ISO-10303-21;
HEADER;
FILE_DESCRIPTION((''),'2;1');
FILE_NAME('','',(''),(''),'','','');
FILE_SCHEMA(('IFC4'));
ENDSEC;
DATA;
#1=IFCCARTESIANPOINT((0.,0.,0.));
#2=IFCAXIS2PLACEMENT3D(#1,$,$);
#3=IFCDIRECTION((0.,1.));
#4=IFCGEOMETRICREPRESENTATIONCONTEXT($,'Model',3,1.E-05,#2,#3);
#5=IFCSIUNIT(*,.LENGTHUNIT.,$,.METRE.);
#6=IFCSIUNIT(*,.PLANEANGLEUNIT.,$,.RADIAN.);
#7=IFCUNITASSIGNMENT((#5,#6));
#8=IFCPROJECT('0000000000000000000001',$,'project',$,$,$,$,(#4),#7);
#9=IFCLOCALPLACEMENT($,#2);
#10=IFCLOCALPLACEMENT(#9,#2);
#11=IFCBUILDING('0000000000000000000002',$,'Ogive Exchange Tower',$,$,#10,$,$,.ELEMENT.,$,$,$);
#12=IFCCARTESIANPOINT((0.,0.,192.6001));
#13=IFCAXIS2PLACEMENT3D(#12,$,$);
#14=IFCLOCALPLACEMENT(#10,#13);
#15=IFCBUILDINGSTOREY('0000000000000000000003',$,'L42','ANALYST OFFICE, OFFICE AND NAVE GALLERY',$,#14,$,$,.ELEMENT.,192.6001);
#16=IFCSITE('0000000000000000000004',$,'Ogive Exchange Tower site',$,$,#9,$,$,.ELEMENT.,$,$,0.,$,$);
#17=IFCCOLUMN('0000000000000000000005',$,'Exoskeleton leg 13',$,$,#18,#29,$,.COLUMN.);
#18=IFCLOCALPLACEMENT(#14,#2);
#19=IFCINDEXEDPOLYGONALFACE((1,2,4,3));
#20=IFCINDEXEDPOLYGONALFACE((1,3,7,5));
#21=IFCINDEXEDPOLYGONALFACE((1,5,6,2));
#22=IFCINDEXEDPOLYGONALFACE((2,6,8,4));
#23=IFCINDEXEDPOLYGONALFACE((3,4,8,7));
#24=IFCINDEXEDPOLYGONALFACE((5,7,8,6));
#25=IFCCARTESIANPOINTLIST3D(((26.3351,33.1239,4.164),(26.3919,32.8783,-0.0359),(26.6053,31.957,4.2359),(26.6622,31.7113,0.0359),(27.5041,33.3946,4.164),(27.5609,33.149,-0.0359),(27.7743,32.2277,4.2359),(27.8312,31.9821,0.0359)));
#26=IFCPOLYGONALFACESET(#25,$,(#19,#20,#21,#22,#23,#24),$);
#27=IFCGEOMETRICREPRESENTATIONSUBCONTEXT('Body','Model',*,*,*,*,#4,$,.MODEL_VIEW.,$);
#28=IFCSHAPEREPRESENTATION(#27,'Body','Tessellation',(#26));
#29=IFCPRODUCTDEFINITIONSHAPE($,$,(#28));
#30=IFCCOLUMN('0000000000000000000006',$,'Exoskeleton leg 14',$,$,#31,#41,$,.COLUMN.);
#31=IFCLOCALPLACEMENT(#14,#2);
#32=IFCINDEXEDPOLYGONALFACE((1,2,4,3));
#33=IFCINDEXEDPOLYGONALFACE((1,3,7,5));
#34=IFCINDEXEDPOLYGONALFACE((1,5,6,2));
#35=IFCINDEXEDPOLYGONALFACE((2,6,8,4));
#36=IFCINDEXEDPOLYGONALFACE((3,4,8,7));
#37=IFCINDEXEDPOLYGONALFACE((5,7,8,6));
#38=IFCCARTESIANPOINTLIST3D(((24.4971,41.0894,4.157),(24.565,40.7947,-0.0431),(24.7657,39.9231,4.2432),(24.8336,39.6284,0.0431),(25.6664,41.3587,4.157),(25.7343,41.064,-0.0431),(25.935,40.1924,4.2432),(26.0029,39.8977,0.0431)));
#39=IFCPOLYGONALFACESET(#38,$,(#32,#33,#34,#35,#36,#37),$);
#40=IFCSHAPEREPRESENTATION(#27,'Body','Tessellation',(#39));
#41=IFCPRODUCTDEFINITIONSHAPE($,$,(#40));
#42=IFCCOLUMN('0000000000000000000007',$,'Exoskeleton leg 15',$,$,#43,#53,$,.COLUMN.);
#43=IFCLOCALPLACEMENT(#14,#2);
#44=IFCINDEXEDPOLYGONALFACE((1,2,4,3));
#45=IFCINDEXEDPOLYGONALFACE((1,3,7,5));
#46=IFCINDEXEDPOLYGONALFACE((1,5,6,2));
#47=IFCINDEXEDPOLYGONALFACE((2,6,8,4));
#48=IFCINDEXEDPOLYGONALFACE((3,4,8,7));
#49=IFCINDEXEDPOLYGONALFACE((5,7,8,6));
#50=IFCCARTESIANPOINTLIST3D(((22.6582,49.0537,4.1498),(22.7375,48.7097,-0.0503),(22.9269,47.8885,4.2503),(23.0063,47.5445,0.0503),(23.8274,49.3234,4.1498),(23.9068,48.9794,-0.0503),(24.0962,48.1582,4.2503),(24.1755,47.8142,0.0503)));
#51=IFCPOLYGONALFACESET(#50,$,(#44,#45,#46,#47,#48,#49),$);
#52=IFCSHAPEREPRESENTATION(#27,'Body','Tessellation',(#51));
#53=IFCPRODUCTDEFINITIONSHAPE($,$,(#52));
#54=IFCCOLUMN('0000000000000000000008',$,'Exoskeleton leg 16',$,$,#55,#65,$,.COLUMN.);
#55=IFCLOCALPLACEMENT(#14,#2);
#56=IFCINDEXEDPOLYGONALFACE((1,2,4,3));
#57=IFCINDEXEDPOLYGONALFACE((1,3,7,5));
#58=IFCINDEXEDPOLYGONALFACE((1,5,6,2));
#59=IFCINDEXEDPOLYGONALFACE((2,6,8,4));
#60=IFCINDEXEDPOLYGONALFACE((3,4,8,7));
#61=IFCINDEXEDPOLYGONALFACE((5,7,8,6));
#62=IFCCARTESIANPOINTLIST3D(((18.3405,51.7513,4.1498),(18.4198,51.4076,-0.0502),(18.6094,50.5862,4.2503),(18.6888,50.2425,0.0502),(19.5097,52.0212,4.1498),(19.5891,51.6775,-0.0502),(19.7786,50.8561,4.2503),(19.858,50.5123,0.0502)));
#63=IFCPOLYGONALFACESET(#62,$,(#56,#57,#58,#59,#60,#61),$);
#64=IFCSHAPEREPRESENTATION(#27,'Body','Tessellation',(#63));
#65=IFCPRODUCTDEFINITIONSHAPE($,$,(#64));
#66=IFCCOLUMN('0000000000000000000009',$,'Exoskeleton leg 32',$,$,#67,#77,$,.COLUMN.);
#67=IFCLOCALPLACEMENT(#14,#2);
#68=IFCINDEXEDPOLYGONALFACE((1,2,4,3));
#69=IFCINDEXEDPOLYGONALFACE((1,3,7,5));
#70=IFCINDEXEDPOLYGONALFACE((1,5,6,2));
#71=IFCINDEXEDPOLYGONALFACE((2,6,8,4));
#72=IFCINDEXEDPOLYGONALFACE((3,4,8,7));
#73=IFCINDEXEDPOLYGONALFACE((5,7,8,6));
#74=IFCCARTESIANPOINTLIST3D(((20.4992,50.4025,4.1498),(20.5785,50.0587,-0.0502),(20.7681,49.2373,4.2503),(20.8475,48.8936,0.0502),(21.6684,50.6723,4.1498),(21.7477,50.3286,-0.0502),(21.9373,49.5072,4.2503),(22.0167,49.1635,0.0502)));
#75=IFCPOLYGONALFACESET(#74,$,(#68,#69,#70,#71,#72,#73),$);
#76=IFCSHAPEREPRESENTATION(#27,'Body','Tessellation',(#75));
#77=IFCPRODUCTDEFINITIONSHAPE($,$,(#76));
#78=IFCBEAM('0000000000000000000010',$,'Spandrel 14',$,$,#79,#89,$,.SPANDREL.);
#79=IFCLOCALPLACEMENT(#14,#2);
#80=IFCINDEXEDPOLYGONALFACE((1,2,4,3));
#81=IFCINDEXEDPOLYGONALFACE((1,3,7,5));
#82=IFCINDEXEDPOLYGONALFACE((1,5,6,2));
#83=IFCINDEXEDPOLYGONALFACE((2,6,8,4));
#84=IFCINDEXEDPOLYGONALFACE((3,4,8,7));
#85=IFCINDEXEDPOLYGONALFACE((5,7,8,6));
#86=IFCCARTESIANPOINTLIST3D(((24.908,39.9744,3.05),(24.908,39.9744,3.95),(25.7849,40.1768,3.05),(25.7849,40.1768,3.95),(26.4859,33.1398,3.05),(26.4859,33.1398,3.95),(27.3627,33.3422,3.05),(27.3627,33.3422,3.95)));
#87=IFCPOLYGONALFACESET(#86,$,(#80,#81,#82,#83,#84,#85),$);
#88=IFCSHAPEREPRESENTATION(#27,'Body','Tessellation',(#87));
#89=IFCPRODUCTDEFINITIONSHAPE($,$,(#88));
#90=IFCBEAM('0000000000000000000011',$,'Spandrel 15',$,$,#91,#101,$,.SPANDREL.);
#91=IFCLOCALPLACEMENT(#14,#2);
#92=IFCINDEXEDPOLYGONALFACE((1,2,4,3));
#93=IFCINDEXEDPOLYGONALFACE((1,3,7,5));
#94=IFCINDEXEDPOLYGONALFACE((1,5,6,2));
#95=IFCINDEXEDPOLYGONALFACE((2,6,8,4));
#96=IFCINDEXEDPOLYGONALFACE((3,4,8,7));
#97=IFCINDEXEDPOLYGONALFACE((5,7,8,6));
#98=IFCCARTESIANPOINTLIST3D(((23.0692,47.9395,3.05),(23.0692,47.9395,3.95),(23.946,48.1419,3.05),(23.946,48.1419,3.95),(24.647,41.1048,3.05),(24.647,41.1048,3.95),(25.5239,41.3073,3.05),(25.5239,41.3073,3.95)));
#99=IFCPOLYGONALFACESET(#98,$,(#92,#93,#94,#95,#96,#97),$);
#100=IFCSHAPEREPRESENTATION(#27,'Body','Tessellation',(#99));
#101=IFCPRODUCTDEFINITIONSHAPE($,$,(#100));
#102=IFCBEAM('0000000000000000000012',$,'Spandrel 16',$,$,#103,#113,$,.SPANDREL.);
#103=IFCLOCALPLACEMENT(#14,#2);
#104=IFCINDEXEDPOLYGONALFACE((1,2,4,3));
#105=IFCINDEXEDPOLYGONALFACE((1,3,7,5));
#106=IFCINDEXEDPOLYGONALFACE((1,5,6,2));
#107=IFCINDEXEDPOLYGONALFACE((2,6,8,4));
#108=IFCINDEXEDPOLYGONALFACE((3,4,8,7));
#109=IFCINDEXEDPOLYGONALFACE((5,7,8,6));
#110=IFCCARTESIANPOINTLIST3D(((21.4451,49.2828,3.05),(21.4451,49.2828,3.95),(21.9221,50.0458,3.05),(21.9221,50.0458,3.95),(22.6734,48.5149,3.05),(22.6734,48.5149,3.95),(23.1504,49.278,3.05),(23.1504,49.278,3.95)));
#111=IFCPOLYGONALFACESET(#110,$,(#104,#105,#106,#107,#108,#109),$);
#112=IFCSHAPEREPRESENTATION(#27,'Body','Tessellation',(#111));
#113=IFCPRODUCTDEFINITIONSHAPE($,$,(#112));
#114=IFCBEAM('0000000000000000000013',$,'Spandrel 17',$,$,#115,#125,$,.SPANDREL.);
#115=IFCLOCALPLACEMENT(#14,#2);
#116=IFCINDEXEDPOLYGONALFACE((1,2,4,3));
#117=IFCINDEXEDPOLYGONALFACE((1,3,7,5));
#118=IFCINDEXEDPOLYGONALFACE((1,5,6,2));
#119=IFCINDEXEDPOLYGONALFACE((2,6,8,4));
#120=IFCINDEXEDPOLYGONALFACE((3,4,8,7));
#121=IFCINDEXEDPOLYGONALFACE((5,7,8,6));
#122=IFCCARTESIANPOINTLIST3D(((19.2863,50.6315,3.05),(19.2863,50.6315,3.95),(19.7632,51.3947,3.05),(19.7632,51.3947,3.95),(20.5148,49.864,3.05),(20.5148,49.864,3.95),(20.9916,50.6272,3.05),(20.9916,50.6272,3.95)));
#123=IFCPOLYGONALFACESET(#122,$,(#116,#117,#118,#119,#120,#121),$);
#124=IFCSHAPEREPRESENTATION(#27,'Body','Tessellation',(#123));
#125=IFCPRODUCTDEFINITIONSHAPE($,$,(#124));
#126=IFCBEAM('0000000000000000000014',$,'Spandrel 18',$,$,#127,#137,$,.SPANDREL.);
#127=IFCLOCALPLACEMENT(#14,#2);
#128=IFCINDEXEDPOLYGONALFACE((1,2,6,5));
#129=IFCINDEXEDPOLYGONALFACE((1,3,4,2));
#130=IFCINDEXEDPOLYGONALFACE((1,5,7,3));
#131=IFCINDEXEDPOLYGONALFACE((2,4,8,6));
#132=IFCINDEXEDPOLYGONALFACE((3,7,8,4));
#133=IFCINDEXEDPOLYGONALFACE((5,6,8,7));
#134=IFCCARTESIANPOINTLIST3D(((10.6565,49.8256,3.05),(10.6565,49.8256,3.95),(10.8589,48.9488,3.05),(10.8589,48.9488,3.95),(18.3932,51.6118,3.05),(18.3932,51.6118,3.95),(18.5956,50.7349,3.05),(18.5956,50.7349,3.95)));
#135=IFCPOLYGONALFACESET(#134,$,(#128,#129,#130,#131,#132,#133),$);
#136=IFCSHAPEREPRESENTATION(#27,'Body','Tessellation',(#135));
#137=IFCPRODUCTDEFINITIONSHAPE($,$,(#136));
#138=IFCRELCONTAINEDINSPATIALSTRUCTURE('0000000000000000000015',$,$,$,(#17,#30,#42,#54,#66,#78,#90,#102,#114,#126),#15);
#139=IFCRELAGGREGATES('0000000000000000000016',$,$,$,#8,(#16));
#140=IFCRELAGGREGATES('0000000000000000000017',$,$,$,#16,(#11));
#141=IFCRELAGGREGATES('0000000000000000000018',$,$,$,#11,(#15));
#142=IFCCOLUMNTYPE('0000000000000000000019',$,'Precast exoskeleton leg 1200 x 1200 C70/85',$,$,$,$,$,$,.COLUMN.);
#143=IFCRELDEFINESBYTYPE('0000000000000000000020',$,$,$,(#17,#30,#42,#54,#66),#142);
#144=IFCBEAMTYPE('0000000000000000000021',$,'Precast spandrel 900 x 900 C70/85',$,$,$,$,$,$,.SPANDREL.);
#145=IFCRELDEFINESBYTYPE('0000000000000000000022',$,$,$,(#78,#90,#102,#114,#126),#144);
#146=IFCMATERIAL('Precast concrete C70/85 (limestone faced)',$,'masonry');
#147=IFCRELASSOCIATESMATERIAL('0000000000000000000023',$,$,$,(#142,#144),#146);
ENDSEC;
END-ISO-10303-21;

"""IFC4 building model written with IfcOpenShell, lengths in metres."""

from ifc_helpers import new_model, si_unit, direction, frame, origin, origin_2d, place, context, subcontext, project, spatial, rectangle, extrude, material, material_profile, profile_set, type_object, element, save


model = new_model("IFC4")

# Units and contexts
model_context = context("Model", 3, precision=1e-05, world=origin(), true_north=direction((0.0, 1.0)))
body_context = subcontext(model_context, "Body", "Model", "MODEL_VIEW")
ifc_project = project(units=[si_unit("LENGTHUNIT", "METRE"), si_unit("PLANEANGLEUNIT", "RADIAN")], contexts=[model_context])

# Site, building, storey
site_placement = place(None, origin())
site = spatial("IfcSite", under=ifc_project, at=site_placement, Name="Ogive Exchange Tower site", CompositionType="ELEMENT", RefElevation=0.0)
building_placement = place(site_placement, origin())
building = spatial("IfcBuilding", under=site, at=building_placement, Name="Ogive Exchange Tower", CompositionType="ELEMENT")
storey_placement = place(building_placement, frame((0.0, 0.0, 192.6001)))
storey = spatial("IfcBuildingStorey", under=building, at=storey_placement, Name="L42", Description="ANALYST OFFICE, OFFICE AND NAVE GALLERY", CompositionType="ELEMENT", Elevation=192.6001)

# Columns
ifc_material_1 = material(Name="Precast concrete C70/85 (limestone faced)", Category="masonry")
ifc_material_profile_1 = material_profile(ifc_material_1, rectangle(XDim=1.2, YDim=1.2, at=origin_2d()), Name="1200 x 1200")
ifc_profile_set_1 = profile_set([ifc_material_profile_1], Name="Precast concrete C70/85 (limestone faced)")
column_type = type_object("IfcColumnType", Name="Precast exoskeleton leg 1200 x 1200 C70/85", PredefinedType="COLUMN", material=ifc_profile_set_1)
column_1_placement = place(storey_placement, frame((27.1116, 32.4302, 0.0), z_axis=(-0.01352, 0.058373, 0.998203), x_axis=(-0.974211, -0.225637, 0.0)))
element("IfcColumn", 1, at=column_1_placement, inside=storey, type_object=column_type, Name="Exoskeleton leg 13", PredefinedType="COLUMN", context=body_context, shape_type="SweptSolid", body=[
    extrude(rectangle(XDim=1.2, YDim=1.2, at=origin_2d()), origin(), (0.0, 0.0, 1.0), 4.2075),
])
column_2_placement = place(storey_placement, frame((25.2839, 40.3462, 0.0), z_axis=(-0.016118, 0.069981, 0.997418), x_axis=(-0.974486, -0.224447, 0.0)))
element("IfcColumn", 2, at=column_2_placement, inside=storey, type_object=column_type, Name="Exoskeleton leg 14", PredefinedType="COLUMN", context=body_context, shape_type="SweptSolid", body=[
    extrude(rectangle(XDim=1.2, YDim=1.2, at=origin_2d()), origin(), (0.0, 0.0, 1.0), 4.2109),
])
for number, where, z_axis, x_axis, name in (
    (3, (23.4565, 48.262, 0.0), (-0.018826, 0.081617, 0.996486), (-0.974415, -0.224758, 0.0), "Exoskeleton leg 15"),
    (4, (19.1389, 50.96, 0.0), (-0.018826, 0.081559, 0.996491), (-0.97438, -0.22491, 0.0), "Exoskeleton leg 16"),
    (5, (21.2976, 49.6111, 0.0), (-0.018826, 0.081559, 0.996491), (-0.97438, -0.22491, 0.0), "Exoskeleton leg 32"),
):
    element("IfcColumn", number, at=place(storey_placement, frame(where, z_axis=z_axis, x_axis=x_axis)), inside=storey, type_object=column_type, Name=name, PredefinedType="COLUMN", context=body_context, shape_type="SweptSolid", body=[
        extrude(rectangle(XDim=1.2, YDim=1.2, at=origin_2d()), origin(), (0.0, 0.0, 1.0), 4.2148),
    ])

# Beams
ifc_material_profile_2 = material_profile(ifc_material_1, rectangle(XDim=0.8999, YDim=0.8999, at=origin_2d()), Name="900 x 900")
ifc_profile_set_2 = profile_set([ifc_material_profile_2], Name="Precast concrete C70/85 (limestone faced)")
beam_type = type_object("IfcBeamType", Name="Precast spandrel 900 x 900 C70/85", PredefinedType="SPANDREL", material=ifc_profile_set_2)
for number, where, z_axis, x_axis, name in (
    (6, (26.9243, 33.241, 3.5), (-0.224946, 0.974371, 0.0), (-0.974371, -0.224946, 0.0), "Spandrel 14"),
    (7, (25.0854, 41.2061, 3.5), (-0.224946, 0.974371, 0.0), (-0.974371, -0.224946, 0.0), "Spandrel 15"),
):
    element("IfcBeam", number, at=place(storey_placement, frame(where, z_axis=z_axis, x_axis=x_axis)), inside=storey, type_object=beam_type, Name=name, PredefinedType="SPANDREL", context=body_context, shape_type="SweptSolid", body=[
        extrude(rectangle(XDim=0.8999, YDim=0.8999, at=origin_2d()), origin(), (0.0, 0.0, 1.0), 7.0144),
    ])
for number, where, z_axis, x_axis, name in (
    (8, (22.9119, 48.8965, 3.5), (-0.847951, 0.530075, 0.0), (-0.530075, -0.847951, 0.0), "Spandrel 16"),
    (9, (20.7532, 50.2456, 3.5), (-0.848074, 0.529878, 0.0), (-0.529878, -0.848074, 0.0), "Spandrel 17"),
):
    element("IfcBeam", number, at=place(storey_placement, frame(where, z_axis=z_axis, x_axis=x_axis)), inside=storey, type_object=beam_type, Name=name, PredefinedType="SPANDREL", context=body_context, shape_type="SweptSolid", body=[
        extrude(rectangle(XDim=0.8999, YDim=0.8999, at=origin_2d()), origin(), (0.0, 0.0, 1.0), 1.4485),
    ])
beam_placement = place(storey_placement, frame((18.4944, 51.1733, 3.5), z_axis=(-0.97437, -0.224952, 0.0), x_axis=(0.224952, -0.97437, 0.0)))
element("IfcBeam", 10, at=beam_placement, inside=storey, type_object=beam_type, Name="Spandrel 18", PredefinedType="SPANDREL", context=body_context, shape_type="SweptSolid", body=[
    extrude(rectangle(XDim=0.8999, YDim=0.8999, at=origin_2d()), origin(), (0.0, 0.0, 1.0), 7.9402),
])

save(model, "model.ifc")
